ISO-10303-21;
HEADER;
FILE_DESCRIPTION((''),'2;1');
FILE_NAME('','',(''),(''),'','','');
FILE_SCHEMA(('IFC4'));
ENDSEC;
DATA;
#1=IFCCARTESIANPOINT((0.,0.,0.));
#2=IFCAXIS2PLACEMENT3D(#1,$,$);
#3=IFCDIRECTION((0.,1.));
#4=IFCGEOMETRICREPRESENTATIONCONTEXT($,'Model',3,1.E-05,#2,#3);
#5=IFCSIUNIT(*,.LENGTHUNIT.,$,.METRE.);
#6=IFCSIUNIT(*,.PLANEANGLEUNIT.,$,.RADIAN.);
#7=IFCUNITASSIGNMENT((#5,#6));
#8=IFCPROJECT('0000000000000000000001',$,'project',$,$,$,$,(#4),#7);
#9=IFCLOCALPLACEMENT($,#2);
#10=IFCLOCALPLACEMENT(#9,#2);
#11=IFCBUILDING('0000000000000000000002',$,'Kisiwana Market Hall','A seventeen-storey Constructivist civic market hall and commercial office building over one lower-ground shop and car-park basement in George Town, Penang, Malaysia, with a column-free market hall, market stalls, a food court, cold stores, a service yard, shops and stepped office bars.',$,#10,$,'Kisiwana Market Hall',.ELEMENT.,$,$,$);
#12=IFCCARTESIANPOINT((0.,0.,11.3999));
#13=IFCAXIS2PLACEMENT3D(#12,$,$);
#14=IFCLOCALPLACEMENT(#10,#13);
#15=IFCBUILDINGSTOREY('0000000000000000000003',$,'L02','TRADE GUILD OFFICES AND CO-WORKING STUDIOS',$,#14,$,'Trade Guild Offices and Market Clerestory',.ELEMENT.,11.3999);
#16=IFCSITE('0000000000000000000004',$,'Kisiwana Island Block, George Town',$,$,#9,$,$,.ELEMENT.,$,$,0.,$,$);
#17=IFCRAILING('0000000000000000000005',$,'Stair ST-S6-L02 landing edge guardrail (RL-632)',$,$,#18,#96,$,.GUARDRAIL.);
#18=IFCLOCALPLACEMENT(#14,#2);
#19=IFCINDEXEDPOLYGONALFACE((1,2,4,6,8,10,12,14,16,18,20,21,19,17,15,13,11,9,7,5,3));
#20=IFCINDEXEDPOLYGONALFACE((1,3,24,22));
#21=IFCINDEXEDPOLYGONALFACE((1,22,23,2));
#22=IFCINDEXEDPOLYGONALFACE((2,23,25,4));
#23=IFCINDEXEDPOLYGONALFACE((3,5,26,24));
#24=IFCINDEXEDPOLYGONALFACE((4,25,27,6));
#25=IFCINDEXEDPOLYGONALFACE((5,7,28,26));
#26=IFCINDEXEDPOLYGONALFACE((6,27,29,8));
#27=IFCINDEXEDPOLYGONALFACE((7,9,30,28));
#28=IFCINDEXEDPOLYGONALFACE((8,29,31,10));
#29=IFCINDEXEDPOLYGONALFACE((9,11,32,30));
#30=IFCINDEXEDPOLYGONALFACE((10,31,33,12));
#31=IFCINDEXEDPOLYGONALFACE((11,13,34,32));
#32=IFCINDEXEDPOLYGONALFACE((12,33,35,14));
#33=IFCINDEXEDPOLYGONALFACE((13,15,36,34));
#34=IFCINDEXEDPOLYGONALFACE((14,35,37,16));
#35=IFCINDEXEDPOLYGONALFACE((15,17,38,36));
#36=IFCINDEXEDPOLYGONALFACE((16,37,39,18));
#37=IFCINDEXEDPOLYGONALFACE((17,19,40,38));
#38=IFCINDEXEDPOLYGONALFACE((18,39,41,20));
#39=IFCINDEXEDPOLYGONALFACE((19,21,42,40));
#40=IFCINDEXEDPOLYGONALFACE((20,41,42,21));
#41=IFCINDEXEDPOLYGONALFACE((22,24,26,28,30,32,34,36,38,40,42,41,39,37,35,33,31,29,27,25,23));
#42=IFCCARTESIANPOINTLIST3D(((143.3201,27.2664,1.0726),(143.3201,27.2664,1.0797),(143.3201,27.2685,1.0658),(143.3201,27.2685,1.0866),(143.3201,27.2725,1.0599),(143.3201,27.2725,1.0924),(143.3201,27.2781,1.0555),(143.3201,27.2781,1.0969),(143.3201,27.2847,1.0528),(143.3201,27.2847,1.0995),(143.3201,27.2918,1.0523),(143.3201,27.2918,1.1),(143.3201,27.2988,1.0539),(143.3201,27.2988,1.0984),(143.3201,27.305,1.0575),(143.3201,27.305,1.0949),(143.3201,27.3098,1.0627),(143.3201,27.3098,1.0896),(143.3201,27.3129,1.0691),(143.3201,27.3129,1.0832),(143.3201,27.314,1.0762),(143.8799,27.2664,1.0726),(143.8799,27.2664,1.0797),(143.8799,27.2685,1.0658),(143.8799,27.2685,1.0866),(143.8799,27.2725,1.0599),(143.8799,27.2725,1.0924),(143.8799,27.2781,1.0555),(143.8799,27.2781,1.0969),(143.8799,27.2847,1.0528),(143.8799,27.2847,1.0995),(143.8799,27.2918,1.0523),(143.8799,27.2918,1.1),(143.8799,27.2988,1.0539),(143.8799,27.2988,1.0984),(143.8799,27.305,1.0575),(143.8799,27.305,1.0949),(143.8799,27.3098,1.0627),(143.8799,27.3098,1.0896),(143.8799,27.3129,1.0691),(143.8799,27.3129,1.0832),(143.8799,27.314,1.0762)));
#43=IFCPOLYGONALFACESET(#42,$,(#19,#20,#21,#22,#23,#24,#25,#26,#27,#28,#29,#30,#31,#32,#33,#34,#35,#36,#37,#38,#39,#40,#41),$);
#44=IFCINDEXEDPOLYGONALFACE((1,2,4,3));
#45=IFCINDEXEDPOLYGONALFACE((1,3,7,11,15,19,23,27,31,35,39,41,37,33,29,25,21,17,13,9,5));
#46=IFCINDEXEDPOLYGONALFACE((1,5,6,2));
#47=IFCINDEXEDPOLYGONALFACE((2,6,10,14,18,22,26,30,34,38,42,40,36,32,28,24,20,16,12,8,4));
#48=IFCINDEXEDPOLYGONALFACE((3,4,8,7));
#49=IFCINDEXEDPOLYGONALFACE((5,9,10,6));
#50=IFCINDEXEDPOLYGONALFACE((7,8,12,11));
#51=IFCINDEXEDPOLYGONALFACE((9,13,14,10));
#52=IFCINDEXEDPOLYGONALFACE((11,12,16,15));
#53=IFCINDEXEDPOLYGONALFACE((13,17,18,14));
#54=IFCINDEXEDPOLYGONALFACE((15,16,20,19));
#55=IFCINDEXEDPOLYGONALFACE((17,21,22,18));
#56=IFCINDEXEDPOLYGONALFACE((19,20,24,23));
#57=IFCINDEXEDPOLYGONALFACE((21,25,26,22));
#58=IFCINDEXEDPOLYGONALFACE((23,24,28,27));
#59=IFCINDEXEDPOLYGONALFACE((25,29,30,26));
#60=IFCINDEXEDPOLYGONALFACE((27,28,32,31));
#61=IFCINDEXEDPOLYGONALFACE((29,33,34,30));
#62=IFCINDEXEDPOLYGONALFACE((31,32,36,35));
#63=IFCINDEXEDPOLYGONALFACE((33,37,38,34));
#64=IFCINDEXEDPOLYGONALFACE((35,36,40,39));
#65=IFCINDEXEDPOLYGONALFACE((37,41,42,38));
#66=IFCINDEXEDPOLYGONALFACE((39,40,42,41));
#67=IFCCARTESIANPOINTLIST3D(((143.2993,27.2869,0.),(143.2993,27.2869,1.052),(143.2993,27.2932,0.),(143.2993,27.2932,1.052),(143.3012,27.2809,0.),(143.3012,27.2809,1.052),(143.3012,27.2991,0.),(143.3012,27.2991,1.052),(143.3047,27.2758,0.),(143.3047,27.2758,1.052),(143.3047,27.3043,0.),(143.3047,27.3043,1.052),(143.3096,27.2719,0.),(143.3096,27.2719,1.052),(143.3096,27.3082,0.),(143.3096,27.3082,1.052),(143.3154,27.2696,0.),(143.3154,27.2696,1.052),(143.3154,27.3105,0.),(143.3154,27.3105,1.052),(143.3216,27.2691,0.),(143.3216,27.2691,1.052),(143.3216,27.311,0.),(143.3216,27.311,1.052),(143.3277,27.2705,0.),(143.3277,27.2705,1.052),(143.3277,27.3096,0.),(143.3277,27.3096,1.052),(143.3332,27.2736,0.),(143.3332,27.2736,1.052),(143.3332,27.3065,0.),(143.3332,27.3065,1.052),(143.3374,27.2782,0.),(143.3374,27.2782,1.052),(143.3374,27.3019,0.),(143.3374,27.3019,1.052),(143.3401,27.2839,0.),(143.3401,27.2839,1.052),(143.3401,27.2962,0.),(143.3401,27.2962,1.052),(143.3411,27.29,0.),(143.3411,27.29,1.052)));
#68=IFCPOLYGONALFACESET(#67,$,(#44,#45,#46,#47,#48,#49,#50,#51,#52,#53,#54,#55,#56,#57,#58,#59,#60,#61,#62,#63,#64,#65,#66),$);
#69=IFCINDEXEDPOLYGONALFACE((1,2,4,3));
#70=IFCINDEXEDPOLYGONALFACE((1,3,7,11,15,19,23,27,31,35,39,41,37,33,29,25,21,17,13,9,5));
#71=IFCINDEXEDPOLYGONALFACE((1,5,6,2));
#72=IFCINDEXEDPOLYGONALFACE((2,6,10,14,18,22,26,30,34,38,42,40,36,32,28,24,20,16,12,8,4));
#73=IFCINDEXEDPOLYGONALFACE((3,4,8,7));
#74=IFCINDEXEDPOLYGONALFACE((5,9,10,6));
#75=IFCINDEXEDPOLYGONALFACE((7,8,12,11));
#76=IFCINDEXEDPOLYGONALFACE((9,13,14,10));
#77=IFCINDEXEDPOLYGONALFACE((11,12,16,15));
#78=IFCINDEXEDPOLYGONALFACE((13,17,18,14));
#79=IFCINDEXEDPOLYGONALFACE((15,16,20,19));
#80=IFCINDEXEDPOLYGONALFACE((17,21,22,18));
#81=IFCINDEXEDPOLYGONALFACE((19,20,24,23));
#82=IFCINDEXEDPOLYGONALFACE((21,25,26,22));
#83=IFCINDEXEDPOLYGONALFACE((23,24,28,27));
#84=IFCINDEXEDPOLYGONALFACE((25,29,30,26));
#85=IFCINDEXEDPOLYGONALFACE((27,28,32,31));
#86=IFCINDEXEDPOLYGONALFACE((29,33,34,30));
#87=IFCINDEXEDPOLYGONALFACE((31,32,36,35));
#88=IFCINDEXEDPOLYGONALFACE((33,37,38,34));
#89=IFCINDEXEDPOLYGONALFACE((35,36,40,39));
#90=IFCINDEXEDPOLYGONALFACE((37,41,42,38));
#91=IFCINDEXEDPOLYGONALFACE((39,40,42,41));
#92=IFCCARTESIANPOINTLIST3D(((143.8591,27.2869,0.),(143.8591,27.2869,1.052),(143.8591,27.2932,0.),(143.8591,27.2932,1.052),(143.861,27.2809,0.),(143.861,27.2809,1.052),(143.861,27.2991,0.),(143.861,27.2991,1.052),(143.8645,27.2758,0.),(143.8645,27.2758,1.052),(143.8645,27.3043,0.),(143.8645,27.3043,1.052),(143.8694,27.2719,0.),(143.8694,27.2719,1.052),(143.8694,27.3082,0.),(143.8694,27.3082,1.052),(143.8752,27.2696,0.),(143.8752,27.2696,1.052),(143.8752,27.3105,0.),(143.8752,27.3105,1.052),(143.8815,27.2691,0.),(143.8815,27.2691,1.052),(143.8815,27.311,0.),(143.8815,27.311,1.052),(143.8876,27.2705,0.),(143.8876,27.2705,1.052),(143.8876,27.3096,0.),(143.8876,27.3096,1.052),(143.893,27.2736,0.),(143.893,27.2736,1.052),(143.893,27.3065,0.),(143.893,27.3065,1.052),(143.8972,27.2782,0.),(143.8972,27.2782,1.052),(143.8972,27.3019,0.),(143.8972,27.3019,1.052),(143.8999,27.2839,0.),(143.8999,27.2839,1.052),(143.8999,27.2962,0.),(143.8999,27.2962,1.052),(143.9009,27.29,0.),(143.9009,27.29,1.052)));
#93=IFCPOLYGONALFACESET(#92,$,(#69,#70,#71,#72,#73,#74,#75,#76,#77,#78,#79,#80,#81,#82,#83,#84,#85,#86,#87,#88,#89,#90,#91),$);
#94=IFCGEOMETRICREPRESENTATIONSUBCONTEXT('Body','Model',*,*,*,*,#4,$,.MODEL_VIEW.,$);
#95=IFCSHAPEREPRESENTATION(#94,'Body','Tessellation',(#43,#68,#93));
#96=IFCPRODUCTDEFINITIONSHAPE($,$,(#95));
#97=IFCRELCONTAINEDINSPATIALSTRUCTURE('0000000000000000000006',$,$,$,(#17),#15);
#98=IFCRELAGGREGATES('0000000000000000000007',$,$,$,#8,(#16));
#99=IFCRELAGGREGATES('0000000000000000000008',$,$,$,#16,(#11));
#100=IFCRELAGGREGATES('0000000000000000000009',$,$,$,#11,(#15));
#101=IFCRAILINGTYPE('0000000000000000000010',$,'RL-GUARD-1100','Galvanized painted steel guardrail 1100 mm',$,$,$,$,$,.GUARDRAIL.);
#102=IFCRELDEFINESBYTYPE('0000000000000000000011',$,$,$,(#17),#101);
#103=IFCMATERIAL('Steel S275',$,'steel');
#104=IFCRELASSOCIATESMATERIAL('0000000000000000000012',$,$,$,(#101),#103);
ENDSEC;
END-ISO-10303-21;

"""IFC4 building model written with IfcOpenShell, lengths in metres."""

from ifc_helpers import new_model, si_unit, direction, frame, origin, origin_2d, place, context, subcontext, project, spatial, circle, extrude, material, type_object, element, save


model = new_model("IFC4")

# Units and contexts
model_context = context("Model", 3, precision=1e-05, world=origin(), true_north=direction((0.0, 1.0)))
body_context = subcontext(model_context, "Body", "Model", "MODEL_VIEW")
ifc_project = project(units=[si_unit("LENGTHUNIT", "METRE"), si_unit("PLANEANGLEUNIT", "RADIAN")], contexts=[model_context])

# Site, building, storey
site_placement = place(None, origin())
site = spatial("IfcSite", under=ifc_project, at=site_placement, Name="Kisiwana Island Block, George Town", CompositionType="ELEMENT", RefElevation=0.0)
building_placement = place(site_placement, origin())
building = spatial("IfcBuilding", under=site, at=building_placement, Name="Kisiwana Market Hall", Description="A seventeen-storey Constructivist civic market hall and commercial office building over one lower-ground shop and car-park basement in George Town, Penang, Malaysia, with a column-free market hall, market stalls, a food court, cold stores, a service yard, shops and stepped office bars.", LongName="Kisiwana Market Hall", CompositionType="ELEMENT")
storey_placement = place(building_placement, frame((0.0, 0.0, 11.3999)))
storey = spatial("IfcBuildingStorey", under=building, at=storey_placement, Name="L02", Description="TRADE GUILD OFFICES AND CO-WORKING STUDIOS", LongName="Trade Guild Offices and Market Clerestory", CompositionType="ELEMENT", Elevation=11.3999)

# Railing
ifc_material_1 = material(Name="Steel S275", Category="steel")
railing_type_1 = type_object("IfcRailingType", Name="RL-GUARD-1100", Description="Galvanized painted steel guardrail 1100 mm", PredefinedType="GUARDRAIL", material=ifc_material_1)
railing_1_placement = place(storey_placement, frame((143.3201, 27.29, 0.0)))
element("IfcRailing", 1, at=railing_1_placement, inside=storey, type_object=railing_type_1, Name="Stair ST-S6-L02 landing edge guardrail (RL-632)", PredefinedType="GUARDRAIL", context=body_context, shape_type="SweptSolid", body=[
    extrude(circle(Radius=0.0239, at=origin_2d()), frame((0.0, 0.0, 1.0762), z_axis=(1.0, 0.0, 0.0), x_axis=(0.0, 1.0, 0.0)), (0.0, 0.0, 1.0), 0.5598),
    extrude(circle(Radius=0.021, at=origin_2d()), origin(), (0.0, 0.0, 1.0), 1.052),
    extrude(circle(Radius=0.021, at=origin_2d()), frame((0.5598, 0.0, 0.0)), (0.0, 0.0, 1.0), 1.052),
])

save(model, "model.ifc")
